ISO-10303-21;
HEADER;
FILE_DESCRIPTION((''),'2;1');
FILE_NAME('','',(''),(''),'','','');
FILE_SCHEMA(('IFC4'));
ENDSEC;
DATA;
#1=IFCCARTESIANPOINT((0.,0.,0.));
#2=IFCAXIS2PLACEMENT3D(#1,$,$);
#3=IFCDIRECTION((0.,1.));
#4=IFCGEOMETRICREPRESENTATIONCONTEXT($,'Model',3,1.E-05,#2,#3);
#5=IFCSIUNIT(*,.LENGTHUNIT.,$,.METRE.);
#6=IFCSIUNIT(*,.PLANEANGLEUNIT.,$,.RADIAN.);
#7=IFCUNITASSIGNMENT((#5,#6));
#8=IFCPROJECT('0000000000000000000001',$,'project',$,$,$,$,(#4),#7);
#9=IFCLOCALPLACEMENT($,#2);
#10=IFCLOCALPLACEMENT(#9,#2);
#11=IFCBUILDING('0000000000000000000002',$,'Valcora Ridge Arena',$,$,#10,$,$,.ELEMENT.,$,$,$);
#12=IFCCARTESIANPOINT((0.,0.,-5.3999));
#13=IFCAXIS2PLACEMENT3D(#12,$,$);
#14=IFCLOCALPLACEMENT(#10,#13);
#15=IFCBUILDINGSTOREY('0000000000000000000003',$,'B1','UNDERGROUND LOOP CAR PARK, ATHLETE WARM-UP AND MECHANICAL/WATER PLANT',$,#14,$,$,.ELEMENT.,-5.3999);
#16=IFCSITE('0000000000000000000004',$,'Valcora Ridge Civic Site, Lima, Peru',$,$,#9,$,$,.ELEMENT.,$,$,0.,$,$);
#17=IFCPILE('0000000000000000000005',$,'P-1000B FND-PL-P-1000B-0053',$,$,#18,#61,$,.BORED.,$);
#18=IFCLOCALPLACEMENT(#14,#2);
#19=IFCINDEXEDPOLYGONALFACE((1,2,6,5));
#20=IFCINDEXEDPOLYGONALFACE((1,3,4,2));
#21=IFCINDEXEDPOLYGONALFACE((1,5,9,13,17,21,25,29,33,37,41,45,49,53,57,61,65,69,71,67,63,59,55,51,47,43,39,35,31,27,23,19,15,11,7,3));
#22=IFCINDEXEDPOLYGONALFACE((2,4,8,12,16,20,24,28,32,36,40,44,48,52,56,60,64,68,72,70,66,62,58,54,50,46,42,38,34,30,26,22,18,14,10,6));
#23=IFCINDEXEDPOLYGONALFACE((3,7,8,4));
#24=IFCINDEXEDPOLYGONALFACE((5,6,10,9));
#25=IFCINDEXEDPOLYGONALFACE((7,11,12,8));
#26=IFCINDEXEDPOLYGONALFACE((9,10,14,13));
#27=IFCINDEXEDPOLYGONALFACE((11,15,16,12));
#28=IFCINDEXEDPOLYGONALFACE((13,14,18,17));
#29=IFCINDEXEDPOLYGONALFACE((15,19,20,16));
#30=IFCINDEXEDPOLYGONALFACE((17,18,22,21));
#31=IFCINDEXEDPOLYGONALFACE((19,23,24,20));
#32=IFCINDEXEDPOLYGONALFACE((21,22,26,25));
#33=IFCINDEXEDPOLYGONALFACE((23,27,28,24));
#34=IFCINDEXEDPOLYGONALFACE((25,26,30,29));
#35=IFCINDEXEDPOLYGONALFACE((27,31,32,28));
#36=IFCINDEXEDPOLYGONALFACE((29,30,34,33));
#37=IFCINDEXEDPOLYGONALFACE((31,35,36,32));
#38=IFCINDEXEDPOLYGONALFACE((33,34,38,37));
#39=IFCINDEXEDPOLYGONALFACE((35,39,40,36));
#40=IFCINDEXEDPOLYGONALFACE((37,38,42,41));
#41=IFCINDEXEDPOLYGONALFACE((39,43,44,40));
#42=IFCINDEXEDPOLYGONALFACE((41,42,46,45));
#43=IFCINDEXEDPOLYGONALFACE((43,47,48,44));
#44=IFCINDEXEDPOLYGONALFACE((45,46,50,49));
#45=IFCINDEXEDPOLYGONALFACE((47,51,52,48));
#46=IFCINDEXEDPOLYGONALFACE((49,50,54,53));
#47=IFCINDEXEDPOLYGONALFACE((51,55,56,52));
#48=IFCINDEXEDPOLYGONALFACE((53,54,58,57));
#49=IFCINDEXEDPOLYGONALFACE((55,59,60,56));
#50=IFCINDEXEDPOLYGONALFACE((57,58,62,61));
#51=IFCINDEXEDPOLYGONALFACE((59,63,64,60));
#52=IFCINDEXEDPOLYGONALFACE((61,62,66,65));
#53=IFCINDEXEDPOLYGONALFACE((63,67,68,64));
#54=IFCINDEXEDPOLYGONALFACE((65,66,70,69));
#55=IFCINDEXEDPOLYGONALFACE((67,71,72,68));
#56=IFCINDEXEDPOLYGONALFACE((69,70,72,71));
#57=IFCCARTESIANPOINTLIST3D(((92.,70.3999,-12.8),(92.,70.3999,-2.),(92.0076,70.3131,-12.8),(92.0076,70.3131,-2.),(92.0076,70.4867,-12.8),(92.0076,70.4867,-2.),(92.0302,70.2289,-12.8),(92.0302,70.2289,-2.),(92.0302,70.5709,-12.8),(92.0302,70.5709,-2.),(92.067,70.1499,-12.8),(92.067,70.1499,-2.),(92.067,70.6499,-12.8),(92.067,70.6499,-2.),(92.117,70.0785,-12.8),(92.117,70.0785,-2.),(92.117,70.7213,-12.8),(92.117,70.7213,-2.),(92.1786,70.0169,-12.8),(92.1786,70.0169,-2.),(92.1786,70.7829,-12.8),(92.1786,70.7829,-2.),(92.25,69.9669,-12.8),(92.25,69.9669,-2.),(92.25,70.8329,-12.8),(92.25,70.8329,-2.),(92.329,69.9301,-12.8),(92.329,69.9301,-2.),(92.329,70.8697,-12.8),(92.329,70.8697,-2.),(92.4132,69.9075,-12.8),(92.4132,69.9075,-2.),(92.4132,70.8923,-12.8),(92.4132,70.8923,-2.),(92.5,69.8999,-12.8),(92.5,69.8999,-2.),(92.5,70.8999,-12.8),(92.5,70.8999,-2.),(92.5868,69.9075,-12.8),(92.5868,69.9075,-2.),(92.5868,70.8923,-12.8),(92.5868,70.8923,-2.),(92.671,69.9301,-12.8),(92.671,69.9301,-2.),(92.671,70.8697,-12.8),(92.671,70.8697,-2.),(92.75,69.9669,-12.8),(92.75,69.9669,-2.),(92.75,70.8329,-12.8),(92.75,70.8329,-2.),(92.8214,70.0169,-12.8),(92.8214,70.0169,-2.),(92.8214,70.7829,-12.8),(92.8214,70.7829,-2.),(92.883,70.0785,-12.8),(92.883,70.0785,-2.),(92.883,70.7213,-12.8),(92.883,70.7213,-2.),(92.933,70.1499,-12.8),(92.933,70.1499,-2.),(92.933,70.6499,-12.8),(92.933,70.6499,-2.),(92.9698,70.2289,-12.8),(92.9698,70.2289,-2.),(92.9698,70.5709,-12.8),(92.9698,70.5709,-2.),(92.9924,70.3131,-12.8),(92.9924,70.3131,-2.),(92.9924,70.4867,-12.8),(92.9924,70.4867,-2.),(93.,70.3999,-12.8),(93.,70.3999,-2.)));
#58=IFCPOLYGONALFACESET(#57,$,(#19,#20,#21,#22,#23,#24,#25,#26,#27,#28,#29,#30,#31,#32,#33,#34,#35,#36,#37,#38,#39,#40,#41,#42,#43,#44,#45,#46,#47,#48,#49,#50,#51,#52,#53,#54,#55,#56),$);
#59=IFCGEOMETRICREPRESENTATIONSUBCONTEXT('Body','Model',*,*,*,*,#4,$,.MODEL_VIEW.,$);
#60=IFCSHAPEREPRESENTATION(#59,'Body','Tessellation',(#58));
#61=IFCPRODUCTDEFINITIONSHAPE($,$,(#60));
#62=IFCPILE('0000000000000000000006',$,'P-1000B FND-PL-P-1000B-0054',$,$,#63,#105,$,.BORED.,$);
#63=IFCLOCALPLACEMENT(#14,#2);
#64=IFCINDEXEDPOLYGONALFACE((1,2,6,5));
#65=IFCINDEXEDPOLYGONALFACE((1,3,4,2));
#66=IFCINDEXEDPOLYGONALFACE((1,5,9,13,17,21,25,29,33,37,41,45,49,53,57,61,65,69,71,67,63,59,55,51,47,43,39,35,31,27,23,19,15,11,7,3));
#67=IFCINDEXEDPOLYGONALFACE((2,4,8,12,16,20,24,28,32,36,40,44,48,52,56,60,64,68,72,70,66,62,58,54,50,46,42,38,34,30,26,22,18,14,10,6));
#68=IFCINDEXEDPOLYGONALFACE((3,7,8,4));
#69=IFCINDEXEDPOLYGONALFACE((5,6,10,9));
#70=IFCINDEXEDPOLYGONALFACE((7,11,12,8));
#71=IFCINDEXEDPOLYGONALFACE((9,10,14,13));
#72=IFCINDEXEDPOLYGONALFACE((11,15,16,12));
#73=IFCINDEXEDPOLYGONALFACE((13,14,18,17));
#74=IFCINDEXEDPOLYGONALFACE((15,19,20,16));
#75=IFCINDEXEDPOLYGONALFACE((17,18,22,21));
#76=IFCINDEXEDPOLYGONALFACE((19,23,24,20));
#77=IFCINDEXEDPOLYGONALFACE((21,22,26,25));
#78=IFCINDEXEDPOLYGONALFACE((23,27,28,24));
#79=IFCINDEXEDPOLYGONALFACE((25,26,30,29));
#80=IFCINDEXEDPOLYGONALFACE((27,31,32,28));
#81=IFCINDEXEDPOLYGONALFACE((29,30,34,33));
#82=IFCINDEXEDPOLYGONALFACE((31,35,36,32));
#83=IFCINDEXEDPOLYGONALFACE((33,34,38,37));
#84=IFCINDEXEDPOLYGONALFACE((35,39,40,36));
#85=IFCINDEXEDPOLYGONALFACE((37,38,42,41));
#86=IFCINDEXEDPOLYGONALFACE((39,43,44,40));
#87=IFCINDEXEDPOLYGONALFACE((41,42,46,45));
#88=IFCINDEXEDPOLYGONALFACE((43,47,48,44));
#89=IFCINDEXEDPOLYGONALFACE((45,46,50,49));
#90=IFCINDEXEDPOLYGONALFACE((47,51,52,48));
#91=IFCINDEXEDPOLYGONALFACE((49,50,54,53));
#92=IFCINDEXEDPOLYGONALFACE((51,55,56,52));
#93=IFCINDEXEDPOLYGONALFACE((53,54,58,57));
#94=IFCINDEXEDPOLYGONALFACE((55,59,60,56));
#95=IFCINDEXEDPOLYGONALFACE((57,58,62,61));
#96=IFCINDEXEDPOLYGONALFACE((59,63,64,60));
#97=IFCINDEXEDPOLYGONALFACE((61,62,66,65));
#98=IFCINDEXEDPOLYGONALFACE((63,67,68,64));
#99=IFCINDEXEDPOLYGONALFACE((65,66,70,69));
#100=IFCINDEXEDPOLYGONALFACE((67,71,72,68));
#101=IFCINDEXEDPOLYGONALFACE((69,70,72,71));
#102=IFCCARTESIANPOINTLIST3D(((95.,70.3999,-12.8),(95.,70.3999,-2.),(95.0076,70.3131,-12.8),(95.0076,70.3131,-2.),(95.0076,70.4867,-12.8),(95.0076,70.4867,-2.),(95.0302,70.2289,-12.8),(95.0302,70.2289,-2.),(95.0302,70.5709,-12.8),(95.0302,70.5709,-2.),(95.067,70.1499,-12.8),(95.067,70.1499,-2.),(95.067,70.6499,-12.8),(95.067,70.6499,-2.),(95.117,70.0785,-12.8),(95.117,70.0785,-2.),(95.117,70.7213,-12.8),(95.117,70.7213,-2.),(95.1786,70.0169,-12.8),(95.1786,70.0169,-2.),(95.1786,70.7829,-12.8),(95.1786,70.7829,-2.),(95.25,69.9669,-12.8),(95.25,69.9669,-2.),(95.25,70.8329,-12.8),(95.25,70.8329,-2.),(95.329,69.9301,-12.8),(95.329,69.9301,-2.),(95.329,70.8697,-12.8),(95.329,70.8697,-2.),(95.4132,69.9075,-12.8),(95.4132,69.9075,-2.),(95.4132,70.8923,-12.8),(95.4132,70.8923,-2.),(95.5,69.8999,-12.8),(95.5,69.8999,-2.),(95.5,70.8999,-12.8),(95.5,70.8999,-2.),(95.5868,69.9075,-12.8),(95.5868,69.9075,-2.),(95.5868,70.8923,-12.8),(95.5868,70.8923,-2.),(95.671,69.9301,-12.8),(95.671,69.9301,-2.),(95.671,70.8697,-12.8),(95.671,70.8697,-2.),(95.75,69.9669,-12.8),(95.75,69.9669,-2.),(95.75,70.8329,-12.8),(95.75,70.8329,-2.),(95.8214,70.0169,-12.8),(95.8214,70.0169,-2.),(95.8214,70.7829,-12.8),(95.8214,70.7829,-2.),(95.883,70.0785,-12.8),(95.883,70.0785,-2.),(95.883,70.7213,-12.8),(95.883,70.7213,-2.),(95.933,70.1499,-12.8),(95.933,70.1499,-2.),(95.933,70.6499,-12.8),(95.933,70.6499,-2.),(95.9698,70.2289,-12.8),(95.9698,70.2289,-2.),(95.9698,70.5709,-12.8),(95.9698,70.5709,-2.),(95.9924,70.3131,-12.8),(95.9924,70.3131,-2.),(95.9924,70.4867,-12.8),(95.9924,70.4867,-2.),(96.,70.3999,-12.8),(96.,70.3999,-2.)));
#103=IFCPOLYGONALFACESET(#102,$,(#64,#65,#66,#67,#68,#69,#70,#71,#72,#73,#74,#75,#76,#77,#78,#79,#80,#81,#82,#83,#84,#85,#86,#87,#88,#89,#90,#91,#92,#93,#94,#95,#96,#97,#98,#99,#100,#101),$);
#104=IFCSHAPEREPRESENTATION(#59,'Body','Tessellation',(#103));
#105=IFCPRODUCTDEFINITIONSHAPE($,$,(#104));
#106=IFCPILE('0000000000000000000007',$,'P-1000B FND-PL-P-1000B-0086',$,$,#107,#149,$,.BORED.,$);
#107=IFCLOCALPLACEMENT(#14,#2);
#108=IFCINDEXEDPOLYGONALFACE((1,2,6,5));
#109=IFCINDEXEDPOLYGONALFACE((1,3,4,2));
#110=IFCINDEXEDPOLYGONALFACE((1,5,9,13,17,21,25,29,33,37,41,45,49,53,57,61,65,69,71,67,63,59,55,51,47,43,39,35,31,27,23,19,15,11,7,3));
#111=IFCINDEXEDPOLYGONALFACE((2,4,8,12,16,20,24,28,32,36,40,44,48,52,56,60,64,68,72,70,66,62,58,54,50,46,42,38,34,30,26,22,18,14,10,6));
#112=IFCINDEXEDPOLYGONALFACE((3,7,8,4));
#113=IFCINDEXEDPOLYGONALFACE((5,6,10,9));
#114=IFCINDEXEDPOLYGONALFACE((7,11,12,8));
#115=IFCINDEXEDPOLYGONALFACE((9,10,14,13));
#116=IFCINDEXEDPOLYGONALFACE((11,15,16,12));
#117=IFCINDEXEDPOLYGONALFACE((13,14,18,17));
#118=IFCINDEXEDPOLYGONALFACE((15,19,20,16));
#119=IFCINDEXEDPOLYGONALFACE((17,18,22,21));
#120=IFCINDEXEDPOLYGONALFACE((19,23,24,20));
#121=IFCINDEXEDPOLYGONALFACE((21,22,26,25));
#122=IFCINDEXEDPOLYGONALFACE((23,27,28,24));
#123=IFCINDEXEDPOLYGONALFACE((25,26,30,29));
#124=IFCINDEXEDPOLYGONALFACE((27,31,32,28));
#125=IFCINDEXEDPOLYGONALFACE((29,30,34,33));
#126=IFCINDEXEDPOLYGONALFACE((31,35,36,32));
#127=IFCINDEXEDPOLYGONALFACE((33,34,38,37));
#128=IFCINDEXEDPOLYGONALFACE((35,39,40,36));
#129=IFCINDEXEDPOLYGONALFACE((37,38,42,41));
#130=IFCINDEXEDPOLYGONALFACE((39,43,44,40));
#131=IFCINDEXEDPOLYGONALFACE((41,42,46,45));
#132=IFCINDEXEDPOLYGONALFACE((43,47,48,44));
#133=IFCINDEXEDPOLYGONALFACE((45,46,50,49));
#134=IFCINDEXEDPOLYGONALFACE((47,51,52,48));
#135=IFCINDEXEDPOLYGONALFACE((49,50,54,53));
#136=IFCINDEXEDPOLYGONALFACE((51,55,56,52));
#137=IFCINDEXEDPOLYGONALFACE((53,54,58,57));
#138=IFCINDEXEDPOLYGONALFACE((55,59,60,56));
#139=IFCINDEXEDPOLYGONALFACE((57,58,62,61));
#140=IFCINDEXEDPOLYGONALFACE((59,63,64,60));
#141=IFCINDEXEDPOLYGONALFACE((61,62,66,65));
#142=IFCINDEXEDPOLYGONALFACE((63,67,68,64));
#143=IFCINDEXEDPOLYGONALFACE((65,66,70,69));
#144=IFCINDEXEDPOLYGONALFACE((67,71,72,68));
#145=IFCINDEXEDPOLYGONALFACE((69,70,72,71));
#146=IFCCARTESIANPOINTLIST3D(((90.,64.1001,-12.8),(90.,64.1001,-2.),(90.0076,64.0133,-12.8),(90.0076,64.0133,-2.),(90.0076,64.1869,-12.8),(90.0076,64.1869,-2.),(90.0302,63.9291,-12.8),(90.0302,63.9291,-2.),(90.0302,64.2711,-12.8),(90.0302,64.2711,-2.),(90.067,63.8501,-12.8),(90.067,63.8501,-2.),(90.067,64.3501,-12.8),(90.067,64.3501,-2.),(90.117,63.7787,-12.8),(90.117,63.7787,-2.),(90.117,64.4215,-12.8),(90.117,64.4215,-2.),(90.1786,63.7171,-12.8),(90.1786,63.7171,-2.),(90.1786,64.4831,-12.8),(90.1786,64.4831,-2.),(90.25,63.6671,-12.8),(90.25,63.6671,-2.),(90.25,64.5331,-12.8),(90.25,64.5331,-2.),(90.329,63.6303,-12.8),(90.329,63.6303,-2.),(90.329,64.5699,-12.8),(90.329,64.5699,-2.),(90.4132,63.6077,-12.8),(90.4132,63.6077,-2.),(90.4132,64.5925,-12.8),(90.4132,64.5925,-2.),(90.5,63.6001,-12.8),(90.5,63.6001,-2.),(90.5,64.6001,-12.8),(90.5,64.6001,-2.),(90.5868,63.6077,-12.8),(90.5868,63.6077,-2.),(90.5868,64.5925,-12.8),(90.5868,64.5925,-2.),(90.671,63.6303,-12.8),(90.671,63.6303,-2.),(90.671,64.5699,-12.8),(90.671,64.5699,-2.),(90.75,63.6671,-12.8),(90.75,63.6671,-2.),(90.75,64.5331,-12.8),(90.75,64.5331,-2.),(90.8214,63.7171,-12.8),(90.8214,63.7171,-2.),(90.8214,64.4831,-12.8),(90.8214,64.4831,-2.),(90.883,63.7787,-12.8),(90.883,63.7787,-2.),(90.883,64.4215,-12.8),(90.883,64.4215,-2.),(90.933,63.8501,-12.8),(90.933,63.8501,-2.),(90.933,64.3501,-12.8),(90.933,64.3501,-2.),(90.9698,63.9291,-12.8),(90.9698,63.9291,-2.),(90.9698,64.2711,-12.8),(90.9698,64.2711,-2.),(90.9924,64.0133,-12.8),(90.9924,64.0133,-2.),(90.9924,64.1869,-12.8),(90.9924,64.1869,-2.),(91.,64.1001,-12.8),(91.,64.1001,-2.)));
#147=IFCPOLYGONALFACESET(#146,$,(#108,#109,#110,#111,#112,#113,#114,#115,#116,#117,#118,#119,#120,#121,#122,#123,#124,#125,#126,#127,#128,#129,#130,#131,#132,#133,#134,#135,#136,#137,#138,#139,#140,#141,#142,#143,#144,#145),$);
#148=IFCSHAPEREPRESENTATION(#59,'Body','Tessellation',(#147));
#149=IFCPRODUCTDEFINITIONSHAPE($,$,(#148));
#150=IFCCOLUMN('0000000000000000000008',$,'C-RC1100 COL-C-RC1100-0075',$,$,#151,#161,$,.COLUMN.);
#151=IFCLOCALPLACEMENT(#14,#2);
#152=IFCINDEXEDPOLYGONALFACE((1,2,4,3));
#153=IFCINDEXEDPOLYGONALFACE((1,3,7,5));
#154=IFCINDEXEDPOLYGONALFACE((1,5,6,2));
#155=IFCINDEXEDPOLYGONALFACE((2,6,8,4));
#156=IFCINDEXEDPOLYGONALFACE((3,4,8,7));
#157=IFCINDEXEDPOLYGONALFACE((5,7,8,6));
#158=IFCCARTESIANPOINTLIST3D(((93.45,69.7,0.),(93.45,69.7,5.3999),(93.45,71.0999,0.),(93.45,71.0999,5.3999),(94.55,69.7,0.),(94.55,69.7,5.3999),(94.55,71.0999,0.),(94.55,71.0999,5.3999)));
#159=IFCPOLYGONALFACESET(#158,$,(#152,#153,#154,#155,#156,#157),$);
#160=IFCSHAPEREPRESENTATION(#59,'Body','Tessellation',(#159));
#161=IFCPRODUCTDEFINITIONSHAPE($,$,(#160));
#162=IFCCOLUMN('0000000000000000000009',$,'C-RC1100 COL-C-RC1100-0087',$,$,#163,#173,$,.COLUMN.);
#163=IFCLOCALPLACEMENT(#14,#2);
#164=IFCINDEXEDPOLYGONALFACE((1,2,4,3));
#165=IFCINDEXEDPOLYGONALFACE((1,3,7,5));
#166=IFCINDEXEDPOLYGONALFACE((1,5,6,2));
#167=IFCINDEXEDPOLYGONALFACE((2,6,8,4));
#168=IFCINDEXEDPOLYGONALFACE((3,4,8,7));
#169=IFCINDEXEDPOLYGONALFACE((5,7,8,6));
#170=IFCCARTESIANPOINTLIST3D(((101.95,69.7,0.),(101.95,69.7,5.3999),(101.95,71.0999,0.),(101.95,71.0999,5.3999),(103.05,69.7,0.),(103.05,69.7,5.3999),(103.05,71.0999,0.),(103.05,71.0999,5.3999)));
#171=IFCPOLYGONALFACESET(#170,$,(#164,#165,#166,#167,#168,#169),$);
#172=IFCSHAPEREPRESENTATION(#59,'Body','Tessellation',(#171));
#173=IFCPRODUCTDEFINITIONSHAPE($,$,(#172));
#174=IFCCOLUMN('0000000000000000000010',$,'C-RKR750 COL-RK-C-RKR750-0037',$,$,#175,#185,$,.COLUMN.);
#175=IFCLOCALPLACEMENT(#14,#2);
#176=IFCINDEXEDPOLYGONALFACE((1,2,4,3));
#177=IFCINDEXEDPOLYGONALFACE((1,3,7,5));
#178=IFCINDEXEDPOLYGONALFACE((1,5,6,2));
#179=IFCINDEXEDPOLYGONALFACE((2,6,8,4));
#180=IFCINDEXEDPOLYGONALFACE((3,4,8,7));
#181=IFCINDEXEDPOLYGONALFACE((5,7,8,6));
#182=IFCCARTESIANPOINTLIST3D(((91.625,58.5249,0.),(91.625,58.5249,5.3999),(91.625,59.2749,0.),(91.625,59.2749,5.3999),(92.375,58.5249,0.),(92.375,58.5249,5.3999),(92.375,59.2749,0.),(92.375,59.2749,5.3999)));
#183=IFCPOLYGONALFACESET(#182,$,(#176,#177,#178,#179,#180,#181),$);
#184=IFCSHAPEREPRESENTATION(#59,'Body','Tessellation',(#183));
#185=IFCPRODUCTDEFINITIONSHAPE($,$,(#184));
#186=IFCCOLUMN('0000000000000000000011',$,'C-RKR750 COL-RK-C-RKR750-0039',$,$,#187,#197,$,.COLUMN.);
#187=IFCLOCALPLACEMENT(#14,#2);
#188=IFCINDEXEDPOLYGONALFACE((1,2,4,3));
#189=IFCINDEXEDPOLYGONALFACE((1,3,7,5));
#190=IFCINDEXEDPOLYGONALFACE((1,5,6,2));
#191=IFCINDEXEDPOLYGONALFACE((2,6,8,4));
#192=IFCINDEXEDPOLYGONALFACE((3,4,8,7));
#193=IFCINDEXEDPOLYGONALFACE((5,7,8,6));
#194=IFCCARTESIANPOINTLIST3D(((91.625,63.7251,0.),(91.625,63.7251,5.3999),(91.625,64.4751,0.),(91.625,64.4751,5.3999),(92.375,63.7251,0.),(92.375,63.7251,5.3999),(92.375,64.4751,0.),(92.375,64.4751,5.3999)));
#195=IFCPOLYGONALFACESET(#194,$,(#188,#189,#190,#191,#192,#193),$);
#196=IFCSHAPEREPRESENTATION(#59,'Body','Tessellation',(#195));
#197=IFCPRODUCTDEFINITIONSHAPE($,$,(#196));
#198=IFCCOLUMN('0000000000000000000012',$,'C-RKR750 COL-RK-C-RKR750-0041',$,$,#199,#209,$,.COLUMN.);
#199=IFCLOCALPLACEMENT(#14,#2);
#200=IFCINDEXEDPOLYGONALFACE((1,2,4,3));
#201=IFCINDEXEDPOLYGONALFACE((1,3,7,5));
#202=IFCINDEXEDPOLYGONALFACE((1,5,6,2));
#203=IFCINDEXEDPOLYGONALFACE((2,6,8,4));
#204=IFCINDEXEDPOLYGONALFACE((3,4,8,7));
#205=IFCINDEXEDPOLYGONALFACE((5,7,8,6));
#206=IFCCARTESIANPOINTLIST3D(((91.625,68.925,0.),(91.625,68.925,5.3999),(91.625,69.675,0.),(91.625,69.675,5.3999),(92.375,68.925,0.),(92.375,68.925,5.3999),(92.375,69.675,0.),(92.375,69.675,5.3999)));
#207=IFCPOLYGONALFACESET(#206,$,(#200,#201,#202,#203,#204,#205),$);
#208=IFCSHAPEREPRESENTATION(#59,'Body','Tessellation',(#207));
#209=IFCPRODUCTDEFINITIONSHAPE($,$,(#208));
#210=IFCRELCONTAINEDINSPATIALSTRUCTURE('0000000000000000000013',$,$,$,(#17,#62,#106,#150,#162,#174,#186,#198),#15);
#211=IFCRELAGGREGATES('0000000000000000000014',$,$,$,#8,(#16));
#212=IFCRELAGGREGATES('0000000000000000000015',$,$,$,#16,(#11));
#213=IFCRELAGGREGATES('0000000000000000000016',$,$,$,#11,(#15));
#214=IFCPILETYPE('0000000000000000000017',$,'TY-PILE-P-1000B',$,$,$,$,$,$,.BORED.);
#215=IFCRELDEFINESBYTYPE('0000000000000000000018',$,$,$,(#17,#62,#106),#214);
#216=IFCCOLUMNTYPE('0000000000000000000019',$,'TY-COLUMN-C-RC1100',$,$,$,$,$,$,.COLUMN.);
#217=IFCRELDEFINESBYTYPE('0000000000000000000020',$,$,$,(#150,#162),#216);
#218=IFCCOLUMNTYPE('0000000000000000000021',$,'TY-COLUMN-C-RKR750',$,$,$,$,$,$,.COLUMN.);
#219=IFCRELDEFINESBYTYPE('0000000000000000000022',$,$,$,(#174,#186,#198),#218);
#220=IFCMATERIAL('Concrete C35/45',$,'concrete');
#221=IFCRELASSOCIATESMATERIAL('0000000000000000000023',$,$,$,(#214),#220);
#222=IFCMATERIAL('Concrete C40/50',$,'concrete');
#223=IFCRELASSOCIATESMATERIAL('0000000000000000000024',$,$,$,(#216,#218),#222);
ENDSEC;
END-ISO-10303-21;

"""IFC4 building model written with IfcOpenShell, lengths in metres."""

from ifc_helpers import new_model, si_unit, direction, frame, origin, origin_2d, place, context, subcontext, project, spatial, rectangle, circle, extrude, material, material_profile, profile_set, type_object, element, save


model = new_model("IFC4")

# Units and contexts
model_context = context("Model", 3, precision=1e-05, world=origin(), true_north=direction((0.0, 1.0)))
body_context = subcontext(model_context, "Body", "Model", "MODEL_VIEW")
ifc_project = project(units=[si_unit("LENGTHUNIT", "METRE"), si_unit("PLANEANGLEUNIT", "RADIAN")], contexts=[model_context])

# Site, building, storey
site_placement = place(None, origin())
site = spatial("IfcSite", under=ifc_project, at=site_placement, Name="Valcora Ridge Civic Site, Lima, Peru", CompositionType="ELEMENT", RefElevation=0.0)
building_placement = place(site_placement, origin())
building = spatial("IfcBuilding", under=site, at=building_placement, Name="Valcora Ridge Arena", CompositionType="ELEMENT")
storey_placement = place(building_placement, frame((0.0, 0.0, -5.3999)))
storey = spatial("IfcBuildingStorey", under=building, at=storey_placement, Name="B1", Description="UNDERGROUND LOOP CAR PARK, ATHLETE WARM-UP AND MECHANICAL/WATER PLANT", CompositionType="ELEMENT", Elevation=-5.3999)

# Shared definitions
ifc_material_1 = material(Name="Concrete C40/50", Category="concrete")

# Piles
ifc_material_2 = material(Name="Concrete C35/45", Category="concrete")
ifc_material_profile_1 = material_profile(ifc_material_2, circle(Radius=0.5, at=origin_2d()), Name="BORED PILE D1000")
ifc_profile_set_1 = profile_set([ifc_material_profile_1], Name="Concrete C35/45")
pile_type_1 = type_object("IfcPileType", Name="TY-PILE-P-1000B", PredefinedType="BORED", material=ifc_profile_set_1)
for number, where, z_axis, x_axis, name in (
    (1, (92.5, 70.3999, -2.0), (0.0, 0.0, -1.0), (1.0, 0.0, 0.0), "P-1000B FND-PL-P-1000B-0053"),
    (2, (95.5, 70.3999, -2.0), (0.0, 0.0, -1.0), (1.0, 0.0, 0.0), "P-1000B FND-PL-P-1000B-0054"),
    (3, (90.5, 64.1001, -2.0), (0.0, 0.0, -1.0), (1.0, 0.0, 0.0), "P-1000B FND-PL-P-1000B-0086"),
):
    element("IfcPile", number, at=place(storey_placement, frame(where, z_axis=z_axis, x_axis=x_axis)), inside=storey, type_object=pile_type_1, Name=name, PredefinedType="BORED", context=body_context, shape_type="SweptSolid", body=[
        extrude(circle(Radius=0.5, at=origin_2d()), origin(), (0.0, 0.0, 1.0), 10.8),
    ])

# Columns
ifc_material_profile_2 = material_profile(ifc_material_1, rectangle(XDim=1.1001, YDim=1.3999, at=origin_2d()), Name="RC 1100x1400")
ifc_profile_set_2 = profile_set([ifc_material_profile_2], Name="Concrete C40/50")
column_type_1 = type_object("IfcColumnType", Name="TY-COLUMN-C-RC1100", PredefinedType="COLUMN", material=ifc_profile_set_2)
for number, where, z_axis, x_axis, name in (
    (4, (94.0, 70.3999, 0.0), (0.0, 0.0, 1.0), (1.0, 0.0, 0.0), "C-RC1100 COL-C-RC1100-0075"),
    (5, (102.5, 70.3999, 0.0), (0.0, 0.0, 1.0), (1.0, 0.0, 0.0), "C-RC1100 COL-C-RC1100-0087"),
):
    element("IfcColumn", number, at=place(storey_placement, frame(where, z_axis=z_axis, x_axis=x_axis)), inside=storey, type_object=column_type_1, Name=name, PredefinedType="COLUMN", context=body_context, shape_type="SweptSolid", body=[
        extrude(rectangle(XDim=1.1001, YDim=1.3999, at=origin_2d()), origin(), (0.0, 0.0, 1.0), 5.3999),
    ])
ifc_material_profile_3 = material_profile(ifc_material_1, rectangle(XDim=0.75, YDim=0.75, at=origin_2d()), Name="RC 750x750")
ifc_profile_set_3 = profile_set([ifc_material_profile_3], Name="Concrete C40/50")
column_type_2 = type_object("IfcColumnType", Name="TY-COLUMN-C-RKR750", PredefinedType="COLUMN", material=ifc_profile_set_3)
for number, where, z_axis, x_axis, name in (
    (6, (92.0, 58.8999, 0.0), (0.0, 0.0, 1.0), (1.0, 0.0, 0.0), "C-RKR750 COL-RK-C-RKR750-0037"),
    (7, (92.0, 64.1001, 0.0), (0.0, 0.0, 1.0), (1.0, 0.0, 0.0), "C-RKR750 COL-RK-C-RKR750-0039"),
    (8, (92.0, 69.3, 0.0), (0.0, 0.0, 1.0), (1.0, 0.0, 0.0), "C-RKR750 COL-RK-C-RKR750-0041"),
):
    element("IfcColumn", number, at=place(storey_placement, frame(where, z_axis=z_axis, x_axis=x_axis)), inside=storey, type_object=column_type_2, Name=name, PredefinedType="COLUMN", context=body_context, shape_type="SweptSolid", body=[
        extrude(rectangle(XDim=0.75, YDim=0.75, at=origin_2d()), origin(), (0.0, 0.0, 1.0), 5.3999),
    ])

save(model, "model.ifc")
